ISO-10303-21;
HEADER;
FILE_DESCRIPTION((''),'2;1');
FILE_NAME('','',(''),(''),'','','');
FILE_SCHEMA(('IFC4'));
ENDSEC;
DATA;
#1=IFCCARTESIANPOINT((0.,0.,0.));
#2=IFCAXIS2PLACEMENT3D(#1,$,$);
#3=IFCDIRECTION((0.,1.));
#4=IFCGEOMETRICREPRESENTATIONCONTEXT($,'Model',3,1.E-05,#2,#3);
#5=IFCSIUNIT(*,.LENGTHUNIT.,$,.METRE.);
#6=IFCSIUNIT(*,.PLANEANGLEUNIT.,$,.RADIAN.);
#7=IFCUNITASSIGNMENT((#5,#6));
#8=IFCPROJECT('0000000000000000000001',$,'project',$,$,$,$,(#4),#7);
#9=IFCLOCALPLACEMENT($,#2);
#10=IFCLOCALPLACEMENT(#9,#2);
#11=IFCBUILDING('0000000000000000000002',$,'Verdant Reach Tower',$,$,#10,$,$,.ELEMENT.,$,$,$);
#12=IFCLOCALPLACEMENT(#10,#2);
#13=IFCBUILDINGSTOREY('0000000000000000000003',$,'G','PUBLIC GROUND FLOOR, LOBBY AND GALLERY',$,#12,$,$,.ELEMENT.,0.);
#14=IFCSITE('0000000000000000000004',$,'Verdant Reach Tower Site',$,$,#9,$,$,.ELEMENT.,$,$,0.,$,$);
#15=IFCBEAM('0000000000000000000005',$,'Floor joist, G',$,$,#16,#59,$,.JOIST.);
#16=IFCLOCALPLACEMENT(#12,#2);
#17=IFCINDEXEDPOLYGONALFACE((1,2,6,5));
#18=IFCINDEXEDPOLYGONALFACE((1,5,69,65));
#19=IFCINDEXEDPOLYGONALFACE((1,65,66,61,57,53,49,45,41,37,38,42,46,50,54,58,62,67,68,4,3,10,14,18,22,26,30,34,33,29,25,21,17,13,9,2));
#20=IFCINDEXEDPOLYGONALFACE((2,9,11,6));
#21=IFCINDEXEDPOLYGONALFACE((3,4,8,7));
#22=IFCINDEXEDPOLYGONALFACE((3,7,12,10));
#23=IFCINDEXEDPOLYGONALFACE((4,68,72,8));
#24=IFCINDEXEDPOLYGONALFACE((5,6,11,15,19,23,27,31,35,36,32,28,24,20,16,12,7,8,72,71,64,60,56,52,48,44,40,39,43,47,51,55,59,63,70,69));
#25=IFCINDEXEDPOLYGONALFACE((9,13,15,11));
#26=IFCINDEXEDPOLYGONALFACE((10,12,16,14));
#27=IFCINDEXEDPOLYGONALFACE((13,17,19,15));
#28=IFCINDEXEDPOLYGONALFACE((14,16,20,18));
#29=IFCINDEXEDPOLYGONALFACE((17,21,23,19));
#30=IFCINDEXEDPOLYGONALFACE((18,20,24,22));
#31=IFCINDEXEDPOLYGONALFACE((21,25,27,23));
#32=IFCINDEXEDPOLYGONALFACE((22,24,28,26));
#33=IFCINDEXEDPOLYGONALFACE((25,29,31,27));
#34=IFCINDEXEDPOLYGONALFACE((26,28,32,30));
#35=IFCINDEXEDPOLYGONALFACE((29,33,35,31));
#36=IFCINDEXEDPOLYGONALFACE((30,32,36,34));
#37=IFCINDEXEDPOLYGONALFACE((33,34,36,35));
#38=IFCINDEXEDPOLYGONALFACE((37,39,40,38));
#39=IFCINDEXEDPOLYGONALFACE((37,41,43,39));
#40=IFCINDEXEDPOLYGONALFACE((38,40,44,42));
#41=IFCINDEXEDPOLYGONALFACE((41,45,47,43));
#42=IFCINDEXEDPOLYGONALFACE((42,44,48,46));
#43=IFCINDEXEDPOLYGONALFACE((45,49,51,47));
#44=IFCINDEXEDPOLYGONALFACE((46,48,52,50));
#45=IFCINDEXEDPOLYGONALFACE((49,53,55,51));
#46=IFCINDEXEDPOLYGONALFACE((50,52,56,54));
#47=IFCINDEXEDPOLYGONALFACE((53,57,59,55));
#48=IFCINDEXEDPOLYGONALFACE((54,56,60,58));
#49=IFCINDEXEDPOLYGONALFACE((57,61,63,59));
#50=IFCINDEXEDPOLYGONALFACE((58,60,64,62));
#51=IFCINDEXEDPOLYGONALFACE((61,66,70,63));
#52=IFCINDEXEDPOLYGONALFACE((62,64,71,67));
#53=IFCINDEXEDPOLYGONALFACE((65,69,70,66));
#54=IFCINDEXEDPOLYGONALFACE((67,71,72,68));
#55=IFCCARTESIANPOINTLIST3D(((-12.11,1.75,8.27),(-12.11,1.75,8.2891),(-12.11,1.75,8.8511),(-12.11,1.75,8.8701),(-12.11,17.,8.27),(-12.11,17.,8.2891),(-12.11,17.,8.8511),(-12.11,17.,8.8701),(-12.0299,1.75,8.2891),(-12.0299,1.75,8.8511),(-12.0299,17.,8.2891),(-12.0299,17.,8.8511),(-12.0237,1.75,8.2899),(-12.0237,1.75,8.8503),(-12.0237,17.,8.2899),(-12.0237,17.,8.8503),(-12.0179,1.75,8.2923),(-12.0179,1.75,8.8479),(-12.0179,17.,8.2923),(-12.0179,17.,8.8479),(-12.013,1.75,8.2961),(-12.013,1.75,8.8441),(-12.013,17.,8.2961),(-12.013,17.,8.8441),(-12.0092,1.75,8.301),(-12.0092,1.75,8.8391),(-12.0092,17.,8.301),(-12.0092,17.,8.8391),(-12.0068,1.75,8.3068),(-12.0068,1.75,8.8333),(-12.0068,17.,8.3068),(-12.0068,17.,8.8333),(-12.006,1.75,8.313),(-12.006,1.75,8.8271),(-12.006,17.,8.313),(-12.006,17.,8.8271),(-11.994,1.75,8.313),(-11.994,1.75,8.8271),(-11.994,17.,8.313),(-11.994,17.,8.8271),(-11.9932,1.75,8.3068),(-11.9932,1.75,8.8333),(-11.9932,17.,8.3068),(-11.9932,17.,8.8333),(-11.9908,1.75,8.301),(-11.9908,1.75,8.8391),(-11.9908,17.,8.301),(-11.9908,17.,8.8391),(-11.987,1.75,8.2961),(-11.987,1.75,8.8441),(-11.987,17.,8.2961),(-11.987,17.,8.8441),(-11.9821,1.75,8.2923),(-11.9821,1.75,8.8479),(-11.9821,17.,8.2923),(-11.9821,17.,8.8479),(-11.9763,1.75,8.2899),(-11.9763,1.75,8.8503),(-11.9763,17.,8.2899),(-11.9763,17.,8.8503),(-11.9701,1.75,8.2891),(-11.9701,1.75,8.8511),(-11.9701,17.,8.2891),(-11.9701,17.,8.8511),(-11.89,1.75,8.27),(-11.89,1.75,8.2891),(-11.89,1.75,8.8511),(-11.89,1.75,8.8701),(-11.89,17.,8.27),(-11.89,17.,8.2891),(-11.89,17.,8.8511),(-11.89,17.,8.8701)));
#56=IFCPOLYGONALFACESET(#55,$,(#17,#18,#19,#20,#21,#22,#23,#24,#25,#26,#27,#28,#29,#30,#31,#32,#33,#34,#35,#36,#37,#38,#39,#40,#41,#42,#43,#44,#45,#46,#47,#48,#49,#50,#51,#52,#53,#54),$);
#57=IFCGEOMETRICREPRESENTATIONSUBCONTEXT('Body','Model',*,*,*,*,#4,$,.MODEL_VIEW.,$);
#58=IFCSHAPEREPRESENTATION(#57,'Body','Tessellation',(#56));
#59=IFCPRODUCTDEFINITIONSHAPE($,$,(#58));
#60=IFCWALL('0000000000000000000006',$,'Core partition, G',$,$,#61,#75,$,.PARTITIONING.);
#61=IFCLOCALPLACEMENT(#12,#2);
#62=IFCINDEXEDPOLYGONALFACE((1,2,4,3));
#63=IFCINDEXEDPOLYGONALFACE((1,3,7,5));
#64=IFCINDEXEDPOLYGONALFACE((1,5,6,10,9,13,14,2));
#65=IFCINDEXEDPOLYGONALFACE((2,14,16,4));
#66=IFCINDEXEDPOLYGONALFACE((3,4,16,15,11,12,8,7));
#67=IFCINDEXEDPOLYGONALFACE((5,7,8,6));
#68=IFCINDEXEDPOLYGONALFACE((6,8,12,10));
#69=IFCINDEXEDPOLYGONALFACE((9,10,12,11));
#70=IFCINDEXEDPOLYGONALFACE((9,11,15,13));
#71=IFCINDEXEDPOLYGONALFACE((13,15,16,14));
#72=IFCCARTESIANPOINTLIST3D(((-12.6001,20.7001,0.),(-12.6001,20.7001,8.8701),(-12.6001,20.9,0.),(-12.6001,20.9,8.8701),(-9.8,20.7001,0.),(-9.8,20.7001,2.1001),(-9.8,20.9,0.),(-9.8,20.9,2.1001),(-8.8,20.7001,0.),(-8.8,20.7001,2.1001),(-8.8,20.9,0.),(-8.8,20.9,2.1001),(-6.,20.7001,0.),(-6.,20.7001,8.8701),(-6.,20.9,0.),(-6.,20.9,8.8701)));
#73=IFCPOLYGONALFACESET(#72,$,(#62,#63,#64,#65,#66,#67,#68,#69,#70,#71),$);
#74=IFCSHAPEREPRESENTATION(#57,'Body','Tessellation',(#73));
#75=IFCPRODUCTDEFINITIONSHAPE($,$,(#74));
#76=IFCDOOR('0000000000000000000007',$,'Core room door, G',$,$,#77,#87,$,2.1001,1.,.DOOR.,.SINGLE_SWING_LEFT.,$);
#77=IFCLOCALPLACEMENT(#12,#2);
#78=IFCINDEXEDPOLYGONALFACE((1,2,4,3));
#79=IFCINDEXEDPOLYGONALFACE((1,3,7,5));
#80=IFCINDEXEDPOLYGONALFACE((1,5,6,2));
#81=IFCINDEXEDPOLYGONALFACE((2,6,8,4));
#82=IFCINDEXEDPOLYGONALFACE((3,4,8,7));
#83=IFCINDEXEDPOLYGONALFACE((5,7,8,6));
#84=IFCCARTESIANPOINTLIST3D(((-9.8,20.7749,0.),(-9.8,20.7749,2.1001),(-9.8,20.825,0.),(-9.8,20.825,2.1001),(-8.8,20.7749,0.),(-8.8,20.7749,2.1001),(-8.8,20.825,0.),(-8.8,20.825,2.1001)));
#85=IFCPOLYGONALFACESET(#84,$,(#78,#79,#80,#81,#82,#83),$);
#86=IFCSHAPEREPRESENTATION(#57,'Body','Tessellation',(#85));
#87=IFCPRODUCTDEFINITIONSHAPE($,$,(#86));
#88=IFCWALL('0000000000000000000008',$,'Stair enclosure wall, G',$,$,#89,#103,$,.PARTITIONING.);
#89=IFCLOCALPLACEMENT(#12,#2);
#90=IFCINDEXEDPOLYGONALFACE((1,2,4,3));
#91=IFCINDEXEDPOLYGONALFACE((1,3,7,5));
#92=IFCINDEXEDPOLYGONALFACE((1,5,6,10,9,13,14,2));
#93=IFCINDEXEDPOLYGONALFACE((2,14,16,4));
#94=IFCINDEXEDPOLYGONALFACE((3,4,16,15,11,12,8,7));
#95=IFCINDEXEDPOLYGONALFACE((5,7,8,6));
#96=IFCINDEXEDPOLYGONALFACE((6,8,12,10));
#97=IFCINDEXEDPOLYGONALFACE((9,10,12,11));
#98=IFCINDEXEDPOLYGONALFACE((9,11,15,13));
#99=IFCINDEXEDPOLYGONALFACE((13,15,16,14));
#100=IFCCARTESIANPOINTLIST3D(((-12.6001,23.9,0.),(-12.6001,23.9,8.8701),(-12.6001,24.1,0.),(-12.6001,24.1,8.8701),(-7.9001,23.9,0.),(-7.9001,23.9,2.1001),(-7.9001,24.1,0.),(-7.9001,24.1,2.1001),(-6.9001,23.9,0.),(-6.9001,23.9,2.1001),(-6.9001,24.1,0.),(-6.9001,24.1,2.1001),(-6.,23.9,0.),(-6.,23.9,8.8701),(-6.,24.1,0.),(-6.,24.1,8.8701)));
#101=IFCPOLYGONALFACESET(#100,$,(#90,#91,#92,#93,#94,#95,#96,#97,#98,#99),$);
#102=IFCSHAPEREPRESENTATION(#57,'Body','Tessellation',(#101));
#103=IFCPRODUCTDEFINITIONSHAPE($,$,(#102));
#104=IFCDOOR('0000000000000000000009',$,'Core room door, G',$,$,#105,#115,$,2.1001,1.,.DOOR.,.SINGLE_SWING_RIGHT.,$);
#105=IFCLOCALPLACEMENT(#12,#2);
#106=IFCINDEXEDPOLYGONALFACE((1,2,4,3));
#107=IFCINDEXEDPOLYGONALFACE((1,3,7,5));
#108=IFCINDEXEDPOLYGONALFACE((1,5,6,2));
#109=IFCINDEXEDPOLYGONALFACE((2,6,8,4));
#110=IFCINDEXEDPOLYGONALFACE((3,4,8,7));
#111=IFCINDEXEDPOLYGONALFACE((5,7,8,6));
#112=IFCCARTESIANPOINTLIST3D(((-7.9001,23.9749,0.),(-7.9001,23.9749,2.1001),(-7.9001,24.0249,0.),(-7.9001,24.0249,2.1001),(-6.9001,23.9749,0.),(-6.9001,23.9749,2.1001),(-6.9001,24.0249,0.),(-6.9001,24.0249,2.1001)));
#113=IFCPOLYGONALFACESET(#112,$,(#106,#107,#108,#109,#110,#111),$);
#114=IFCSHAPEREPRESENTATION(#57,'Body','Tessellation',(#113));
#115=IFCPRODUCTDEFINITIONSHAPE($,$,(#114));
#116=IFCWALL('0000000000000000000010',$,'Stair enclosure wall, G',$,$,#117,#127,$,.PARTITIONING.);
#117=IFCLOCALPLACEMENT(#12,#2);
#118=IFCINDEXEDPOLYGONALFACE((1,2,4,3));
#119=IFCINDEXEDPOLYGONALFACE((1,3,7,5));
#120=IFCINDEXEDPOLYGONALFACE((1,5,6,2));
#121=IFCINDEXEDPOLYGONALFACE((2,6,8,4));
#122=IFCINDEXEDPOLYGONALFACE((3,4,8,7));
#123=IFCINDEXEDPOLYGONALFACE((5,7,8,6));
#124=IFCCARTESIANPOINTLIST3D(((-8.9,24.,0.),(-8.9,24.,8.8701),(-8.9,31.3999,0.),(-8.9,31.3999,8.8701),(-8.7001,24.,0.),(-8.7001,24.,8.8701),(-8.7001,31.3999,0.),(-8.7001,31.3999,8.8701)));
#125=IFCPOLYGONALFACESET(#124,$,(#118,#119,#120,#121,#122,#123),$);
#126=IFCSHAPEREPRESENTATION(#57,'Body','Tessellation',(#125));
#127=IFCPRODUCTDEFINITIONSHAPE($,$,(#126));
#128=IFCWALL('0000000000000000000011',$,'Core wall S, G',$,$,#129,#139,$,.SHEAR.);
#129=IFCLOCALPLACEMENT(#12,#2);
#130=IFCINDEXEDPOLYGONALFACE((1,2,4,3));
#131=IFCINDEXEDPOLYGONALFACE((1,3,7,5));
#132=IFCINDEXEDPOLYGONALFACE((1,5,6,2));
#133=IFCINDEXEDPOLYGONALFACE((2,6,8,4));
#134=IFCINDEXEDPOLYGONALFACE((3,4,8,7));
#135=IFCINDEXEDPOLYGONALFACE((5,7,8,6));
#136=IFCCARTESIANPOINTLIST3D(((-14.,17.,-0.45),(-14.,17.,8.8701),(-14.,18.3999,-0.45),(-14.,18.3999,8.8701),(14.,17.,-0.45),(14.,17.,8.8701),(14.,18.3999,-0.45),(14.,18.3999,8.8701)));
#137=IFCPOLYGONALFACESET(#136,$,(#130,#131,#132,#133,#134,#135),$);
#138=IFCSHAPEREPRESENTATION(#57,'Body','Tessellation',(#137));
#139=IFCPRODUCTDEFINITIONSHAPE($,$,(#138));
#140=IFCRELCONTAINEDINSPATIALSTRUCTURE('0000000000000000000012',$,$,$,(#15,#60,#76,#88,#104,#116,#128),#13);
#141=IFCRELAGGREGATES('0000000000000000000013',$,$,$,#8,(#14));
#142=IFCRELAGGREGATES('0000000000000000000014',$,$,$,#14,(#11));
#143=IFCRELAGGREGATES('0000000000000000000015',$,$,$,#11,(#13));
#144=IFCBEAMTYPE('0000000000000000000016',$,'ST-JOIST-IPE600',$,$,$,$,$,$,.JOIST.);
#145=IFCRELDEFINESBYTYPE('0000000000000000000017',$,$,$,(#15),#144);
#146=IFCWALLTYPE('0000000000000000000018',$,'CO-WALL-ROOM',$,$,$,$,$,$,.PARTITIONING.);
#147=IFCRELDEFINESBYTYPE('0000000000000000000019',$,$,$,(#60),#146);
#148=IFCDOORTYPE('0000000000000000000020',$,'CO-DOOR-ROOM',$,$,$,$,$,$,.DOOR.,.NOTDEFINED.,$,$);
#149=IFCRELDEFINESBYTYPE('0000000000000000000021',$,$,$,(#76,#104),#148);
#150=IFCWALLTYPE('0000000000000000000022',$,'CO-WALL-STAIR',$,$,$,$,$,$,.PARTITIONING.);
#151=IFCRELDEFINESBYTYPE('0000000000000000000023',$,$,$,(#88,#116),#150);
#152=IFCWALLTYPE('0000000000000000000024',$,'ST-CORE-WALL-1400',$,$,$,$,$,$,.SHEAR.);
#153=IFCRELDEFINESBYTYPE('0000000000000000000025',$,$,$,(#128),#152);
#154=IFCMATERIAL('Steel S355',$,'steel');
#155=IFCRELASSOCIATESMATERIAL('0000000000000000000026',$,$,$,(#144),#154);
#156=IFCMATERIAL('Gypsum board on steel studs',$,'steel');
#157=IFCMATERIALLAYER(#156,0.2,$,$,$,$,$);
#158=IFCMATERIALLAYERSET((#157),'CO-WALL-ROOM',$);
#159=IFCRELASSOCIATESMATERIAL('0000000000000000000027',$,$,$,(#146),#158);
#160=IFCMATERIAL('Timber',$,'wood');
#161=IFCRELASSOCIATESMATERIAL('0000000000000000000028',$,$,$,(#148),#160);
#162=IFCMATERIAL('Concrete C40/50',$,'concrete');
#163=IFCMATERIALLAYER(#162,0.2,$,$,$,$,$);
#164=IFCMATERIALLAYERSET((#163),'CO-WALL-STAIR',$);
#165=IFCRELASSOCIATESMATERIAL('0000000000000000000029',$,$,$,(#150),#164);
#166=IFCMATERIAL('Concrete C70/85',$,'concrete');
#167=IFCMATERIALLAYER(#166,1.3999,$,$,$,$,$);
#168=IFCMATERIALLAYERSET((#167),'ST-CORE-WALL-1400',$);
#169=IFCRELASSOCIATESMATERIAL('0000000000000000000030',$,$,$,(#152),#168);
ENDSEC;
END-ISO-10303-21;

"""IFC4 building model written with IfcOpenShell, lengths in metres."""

from ifc_helpers import new_model, si_unit, direction, frame, frame_2d, origin, origin_2d, place, context, subcontext, project, spatial, rectangle, i_section, extrude, material, layer, layer_set, material_profile, profile_set, type_object, element, fill, save


model = new_model("IFC4")

# Units and contexts
model_context = context("Model", 3, precision=1e-05, world=origin(), true_north=direction((0.0, 1.0)))
body_context = subcontext(model_context, "Body", "Model", "MODEL_VIEW")
ifc_project = project(units=[si_unit("LENGTHUNIT", "METRE"), si_unit("PLANEANGLEUNIT", "RADIAN")], contexts=[model_context])

# Site, building, storey
site_placement = place(None, origin())
site = spatial("IfcSite", under=ifc_project, at=site_placement, Name="Verdant Reach Tower Site", CompositionType="ELEMENT", RefElevation=0.0)
building_placement = place(site_placement, origin())
building = spatial("IfcBuilding", under=site, at=building_placement, Name="Verdant Reach Tower", CompositionType="ELEMENT")
storey_placement = place(building_placement, origin())
storey = spatial("IfcBuildingStorey", under=building, at=storey_placement, Name="G", Description="PUBLIC GROUND FLOOR, LOBBY AND GALLERY", CompositionType="ELEMENT", Elevation=0.0)

# Beam
ifc_material_1 = material(Name="Steel S355", Category="steel")
ifc_material_profile_1 = material_profile(ifc_material_1, i_section(OverallWidth=0.22, OverallDepth=0.6001, WebThickness=0.012, FlangeThickness=0.019, FilletRadius=0.0239, at=origin_2d()), Name="IPE 600")
ifc_profile_set_1 = profile_set([ifc_material_profile_1], Name="Steel S355")
beam_type_1 = type_object("IfcBeamType", Name="ST-JOIST-IPE600", PredefinedType="JOIST", material=ifc_profile_set_1)
beam_1_placement = place(storey_placement, frame((-12.0, 17.0, 8.5701), z_axis=(0.0, -1.0, 0.0), x_axis=(1.0, 0.0, 0.0)))
element("IfcBeam", 1, at=beam_1_placement, inside=storey, type_object=beam_type_1, Name="Floor joist, G", PredefinedType="JOIST", context=body_context, shape_type="SweptSolid", body=[
    extrude(i_section(OverallWidth=0.22, OverallDepth=0.6001, WebThickness=0.012, FlangeThickness=0.019, FilletRadius=0.0239, at=origin_2d()), origin(), (0.0, 0.0, 1.0), 15.25),
])

# Walls, openings, doors
ifc_material_2 = material(Name="Gypsum board on steel studs", Category="steel")
ifc_layer_1 = layer(ifc_material_2, 0.2)
ifc_layer_set_1 = layer_set([ifc_layer_1], Name="CO-WALL-ROOM")
wall_type_1 = type_object("IfcWallType", Name="CO-WALL-ROOM", PredefinedType="PARTITIONING", material=ifc_layer_set_1)
wall_1_placement = place(storey_placement, frame((-12.6001, 20.8, 0.0), z_axis=(0.0, 0.0, 1.0), x_axis=(1.0, 0.0, 0.0)))
wall_1 = element("IfcWall", 2, at=wall_1_placement, inside=storey, type_object=wall_type_1, Name="Core partition, G", PredefinedType="PARTITIONING", context=body_context, shape_type="SweptSolid", body=[
    extrude(rectangle(XDim=6.6001, YDim=0.2, at=frame_2d((3.3, 0.0))), origin(), (0.0, 0.0, 1.0), 8.8701),
])
opening_1_placement = place(wall_1_placement, frame((2.8, 0.0, 0.0)))
opening_1 = element("IfcOpeningElement", 3, at=opening_1_placement, cuts=wall_1, PredefinedType="OPENING", context=body_context, shape_type="SweptSolid", body=[
    extrude(rectangle(XDim=1.0, YDim=2.1001, at=frame_2d((0.5, 1.05))), frame((0.0, 0.1099, 0.0), z_axis=(0.0, -1.0, 0.0), x_axis=(1.0, 0.0, 0.0)), (0.0, 0.0, 1.0), 0.22),
])
ifc_material_3 = material(Name="Timber", Category="wood")
door_type_1 = type_object("IfcDoorType", Name="CO-DOOR-ROOM", OperationType="NOTDEFINED", PredefinedType="DOOR", material=ifc_material_3)
door_1_placement = place(opening_1_placement, origin())
door_1 = element("IfcDoor", 4, at=door_1_placement, inside=storey, type_object=door_type_1, Name="Core room door, G", OperationType="SINGLE_SWING_LEFT", OverallHeight=2.1001, OverallWidth=1.0, PredefinedType="DOOR", context=body_context, shape_type="SweptSolid", body=[
    extrude(rectangle(XDim=1.0, YDim=2.1001, at=frame_2d((0.5, 1.05))), frame((0.0, 0.0249, 0.0), z_axis=(0.0, -1.0, 0.0), x_axis=(1.0, 0.0, 0.0)), (0.0, 0.0, 1.0), 0.05),
])
fill(opening_1, door_1)
ifc_material_4 = material(Name="Concrete C40/50", Category="concrete")
ifc_layer_2 = layer(ifc_material_4, 0.2)
ifc_layer_set_2 = layer_set([ifc_layer_2], Name="CO-WALL-STAIR")
wall_type_2 = type_object("IfcWallType", Name="CO-WALL-STAIR", PredefinedType="PARTITIONING", material=ifc_layer_set_2)
wall_2_placement = place(storey_placement, frame((-12.6001, 24.0, 0.0), z_axis=(0.0, 0.0, 1.0), x_axis=(1.0, 0.0, 0.0)))
wall_2 = element("IfcWall", 5, at=wall_2_placement, inside=storey, type_object=wall_type_2, Name="Stair enclosure wall, G", PredefinedType="PARTITIONING", context=body_context, shape_type="SweptSolid", body=[
    extrude(rectangle(XDim=6.6001, YDim=0.2, at=frame_2d((3.3, 0.0))), origin(), (0.0, 0.0, 1.0), 8.8701),
])
opening_2_placement = place(wall_2_placement, frame((4.7, 0.0, 0.0)))
opening_2 = element("IfcOpeningElement", 6, at=opening_2_placement, cuts=wall_2, PredefinedType="OPENING", context=body_context, shape_type="SweptSolid", body=[
    extrude(rectangle(XDim=1.0, YDim=2.1001, at=frame_2d((0.5, 1.05))), frame((0.0, 0.1099, 0.0), z_axis=(0.0, -1.0, 0.0), x_axis=(1.0, 0.0, 0.0)), (0.0, 0.0, 1.0), 0.22),
])
door_2_placement = place(opening_2_placement, origin())
door_2 = element("IfcDoor", 7, at=door_2_placement, inside=storey, type_object=door_type_1, Name="Core room door, G", OperationType="SINGLE_SWING_RIGHT", OverallHeight=2.1001, OverallWidth=1.0, PredefinedType="DOOR", context=body_context, shape_type="SweptSolid", body=[
    extrude(rectangle(XDim=1.0, YDim=2.1001, at=frame_2d((0.5, 1.05))), frame((0.0, 0.0249, 0.0), z_axis=(0.0, -1.0, 0.0), x_axis=(1.0, 0.0, 0.0)), (0.0, 0.0, 1.0), 0.05),
])
fill(opening_2, door_2)

# Walls
wall_3_placement = place(storey_placement, frame((-8.8, 24.0, 0.0), z_axis=(0.0, 0.0, 1.0), x_axis=(0.0, 1.0, 0.0)))
element("IfcWall", 8, at=wall_3_placement, inside=storey, type_object=wall_type_2, Name="Stair enclosure wall, G", PredefinedType="PARTITIONING", context=body_context, shape_type="SweptSolid", body=[
    extrude(rectangle(XDim=7.3999, YDim=0.2, at=frame_2d((3.7, 0.0))), origin(), (0.0, 0.0, 1.0), 8.8701),
])
ifc_material_5 = material(Name="Concrete C70/85", Category="concrete")
ifc_layer_3 = layer(ifc_material_5, 1.3999)
ifc_layer_set_3 = layer_set([ifc_layer_3], Name="ST-CORE-WALL-1400")
wall_type_3 = type_object("IfcWallType", Name="ST-CORE-WALL-1400", PredefinedType="SHEAR", material=ifc_layer_set_3)
wall_4_placement = place(storey_placement, frame((-14.0, 17.7, -0.45), z_axis=(0.0, 0.0, 1.0), x_axis=(1.0, 0.0, 0.0)))
element("IfcWall", 9, at=wall_4_placement, inside=storey, type_object=wall_type_3, Name="Core wall S, G", PredefinedType="SHEAR", context=body_context, shape_type="SweptSolid", body=[
    extrude(rectangle(XDim=28.0, YDim=1.3999, at=frame_2d((14.0, 0.0))), origin(), (0.0, 0.0, 1.0), 9.3201),
])

save(model, "model.ifc")
